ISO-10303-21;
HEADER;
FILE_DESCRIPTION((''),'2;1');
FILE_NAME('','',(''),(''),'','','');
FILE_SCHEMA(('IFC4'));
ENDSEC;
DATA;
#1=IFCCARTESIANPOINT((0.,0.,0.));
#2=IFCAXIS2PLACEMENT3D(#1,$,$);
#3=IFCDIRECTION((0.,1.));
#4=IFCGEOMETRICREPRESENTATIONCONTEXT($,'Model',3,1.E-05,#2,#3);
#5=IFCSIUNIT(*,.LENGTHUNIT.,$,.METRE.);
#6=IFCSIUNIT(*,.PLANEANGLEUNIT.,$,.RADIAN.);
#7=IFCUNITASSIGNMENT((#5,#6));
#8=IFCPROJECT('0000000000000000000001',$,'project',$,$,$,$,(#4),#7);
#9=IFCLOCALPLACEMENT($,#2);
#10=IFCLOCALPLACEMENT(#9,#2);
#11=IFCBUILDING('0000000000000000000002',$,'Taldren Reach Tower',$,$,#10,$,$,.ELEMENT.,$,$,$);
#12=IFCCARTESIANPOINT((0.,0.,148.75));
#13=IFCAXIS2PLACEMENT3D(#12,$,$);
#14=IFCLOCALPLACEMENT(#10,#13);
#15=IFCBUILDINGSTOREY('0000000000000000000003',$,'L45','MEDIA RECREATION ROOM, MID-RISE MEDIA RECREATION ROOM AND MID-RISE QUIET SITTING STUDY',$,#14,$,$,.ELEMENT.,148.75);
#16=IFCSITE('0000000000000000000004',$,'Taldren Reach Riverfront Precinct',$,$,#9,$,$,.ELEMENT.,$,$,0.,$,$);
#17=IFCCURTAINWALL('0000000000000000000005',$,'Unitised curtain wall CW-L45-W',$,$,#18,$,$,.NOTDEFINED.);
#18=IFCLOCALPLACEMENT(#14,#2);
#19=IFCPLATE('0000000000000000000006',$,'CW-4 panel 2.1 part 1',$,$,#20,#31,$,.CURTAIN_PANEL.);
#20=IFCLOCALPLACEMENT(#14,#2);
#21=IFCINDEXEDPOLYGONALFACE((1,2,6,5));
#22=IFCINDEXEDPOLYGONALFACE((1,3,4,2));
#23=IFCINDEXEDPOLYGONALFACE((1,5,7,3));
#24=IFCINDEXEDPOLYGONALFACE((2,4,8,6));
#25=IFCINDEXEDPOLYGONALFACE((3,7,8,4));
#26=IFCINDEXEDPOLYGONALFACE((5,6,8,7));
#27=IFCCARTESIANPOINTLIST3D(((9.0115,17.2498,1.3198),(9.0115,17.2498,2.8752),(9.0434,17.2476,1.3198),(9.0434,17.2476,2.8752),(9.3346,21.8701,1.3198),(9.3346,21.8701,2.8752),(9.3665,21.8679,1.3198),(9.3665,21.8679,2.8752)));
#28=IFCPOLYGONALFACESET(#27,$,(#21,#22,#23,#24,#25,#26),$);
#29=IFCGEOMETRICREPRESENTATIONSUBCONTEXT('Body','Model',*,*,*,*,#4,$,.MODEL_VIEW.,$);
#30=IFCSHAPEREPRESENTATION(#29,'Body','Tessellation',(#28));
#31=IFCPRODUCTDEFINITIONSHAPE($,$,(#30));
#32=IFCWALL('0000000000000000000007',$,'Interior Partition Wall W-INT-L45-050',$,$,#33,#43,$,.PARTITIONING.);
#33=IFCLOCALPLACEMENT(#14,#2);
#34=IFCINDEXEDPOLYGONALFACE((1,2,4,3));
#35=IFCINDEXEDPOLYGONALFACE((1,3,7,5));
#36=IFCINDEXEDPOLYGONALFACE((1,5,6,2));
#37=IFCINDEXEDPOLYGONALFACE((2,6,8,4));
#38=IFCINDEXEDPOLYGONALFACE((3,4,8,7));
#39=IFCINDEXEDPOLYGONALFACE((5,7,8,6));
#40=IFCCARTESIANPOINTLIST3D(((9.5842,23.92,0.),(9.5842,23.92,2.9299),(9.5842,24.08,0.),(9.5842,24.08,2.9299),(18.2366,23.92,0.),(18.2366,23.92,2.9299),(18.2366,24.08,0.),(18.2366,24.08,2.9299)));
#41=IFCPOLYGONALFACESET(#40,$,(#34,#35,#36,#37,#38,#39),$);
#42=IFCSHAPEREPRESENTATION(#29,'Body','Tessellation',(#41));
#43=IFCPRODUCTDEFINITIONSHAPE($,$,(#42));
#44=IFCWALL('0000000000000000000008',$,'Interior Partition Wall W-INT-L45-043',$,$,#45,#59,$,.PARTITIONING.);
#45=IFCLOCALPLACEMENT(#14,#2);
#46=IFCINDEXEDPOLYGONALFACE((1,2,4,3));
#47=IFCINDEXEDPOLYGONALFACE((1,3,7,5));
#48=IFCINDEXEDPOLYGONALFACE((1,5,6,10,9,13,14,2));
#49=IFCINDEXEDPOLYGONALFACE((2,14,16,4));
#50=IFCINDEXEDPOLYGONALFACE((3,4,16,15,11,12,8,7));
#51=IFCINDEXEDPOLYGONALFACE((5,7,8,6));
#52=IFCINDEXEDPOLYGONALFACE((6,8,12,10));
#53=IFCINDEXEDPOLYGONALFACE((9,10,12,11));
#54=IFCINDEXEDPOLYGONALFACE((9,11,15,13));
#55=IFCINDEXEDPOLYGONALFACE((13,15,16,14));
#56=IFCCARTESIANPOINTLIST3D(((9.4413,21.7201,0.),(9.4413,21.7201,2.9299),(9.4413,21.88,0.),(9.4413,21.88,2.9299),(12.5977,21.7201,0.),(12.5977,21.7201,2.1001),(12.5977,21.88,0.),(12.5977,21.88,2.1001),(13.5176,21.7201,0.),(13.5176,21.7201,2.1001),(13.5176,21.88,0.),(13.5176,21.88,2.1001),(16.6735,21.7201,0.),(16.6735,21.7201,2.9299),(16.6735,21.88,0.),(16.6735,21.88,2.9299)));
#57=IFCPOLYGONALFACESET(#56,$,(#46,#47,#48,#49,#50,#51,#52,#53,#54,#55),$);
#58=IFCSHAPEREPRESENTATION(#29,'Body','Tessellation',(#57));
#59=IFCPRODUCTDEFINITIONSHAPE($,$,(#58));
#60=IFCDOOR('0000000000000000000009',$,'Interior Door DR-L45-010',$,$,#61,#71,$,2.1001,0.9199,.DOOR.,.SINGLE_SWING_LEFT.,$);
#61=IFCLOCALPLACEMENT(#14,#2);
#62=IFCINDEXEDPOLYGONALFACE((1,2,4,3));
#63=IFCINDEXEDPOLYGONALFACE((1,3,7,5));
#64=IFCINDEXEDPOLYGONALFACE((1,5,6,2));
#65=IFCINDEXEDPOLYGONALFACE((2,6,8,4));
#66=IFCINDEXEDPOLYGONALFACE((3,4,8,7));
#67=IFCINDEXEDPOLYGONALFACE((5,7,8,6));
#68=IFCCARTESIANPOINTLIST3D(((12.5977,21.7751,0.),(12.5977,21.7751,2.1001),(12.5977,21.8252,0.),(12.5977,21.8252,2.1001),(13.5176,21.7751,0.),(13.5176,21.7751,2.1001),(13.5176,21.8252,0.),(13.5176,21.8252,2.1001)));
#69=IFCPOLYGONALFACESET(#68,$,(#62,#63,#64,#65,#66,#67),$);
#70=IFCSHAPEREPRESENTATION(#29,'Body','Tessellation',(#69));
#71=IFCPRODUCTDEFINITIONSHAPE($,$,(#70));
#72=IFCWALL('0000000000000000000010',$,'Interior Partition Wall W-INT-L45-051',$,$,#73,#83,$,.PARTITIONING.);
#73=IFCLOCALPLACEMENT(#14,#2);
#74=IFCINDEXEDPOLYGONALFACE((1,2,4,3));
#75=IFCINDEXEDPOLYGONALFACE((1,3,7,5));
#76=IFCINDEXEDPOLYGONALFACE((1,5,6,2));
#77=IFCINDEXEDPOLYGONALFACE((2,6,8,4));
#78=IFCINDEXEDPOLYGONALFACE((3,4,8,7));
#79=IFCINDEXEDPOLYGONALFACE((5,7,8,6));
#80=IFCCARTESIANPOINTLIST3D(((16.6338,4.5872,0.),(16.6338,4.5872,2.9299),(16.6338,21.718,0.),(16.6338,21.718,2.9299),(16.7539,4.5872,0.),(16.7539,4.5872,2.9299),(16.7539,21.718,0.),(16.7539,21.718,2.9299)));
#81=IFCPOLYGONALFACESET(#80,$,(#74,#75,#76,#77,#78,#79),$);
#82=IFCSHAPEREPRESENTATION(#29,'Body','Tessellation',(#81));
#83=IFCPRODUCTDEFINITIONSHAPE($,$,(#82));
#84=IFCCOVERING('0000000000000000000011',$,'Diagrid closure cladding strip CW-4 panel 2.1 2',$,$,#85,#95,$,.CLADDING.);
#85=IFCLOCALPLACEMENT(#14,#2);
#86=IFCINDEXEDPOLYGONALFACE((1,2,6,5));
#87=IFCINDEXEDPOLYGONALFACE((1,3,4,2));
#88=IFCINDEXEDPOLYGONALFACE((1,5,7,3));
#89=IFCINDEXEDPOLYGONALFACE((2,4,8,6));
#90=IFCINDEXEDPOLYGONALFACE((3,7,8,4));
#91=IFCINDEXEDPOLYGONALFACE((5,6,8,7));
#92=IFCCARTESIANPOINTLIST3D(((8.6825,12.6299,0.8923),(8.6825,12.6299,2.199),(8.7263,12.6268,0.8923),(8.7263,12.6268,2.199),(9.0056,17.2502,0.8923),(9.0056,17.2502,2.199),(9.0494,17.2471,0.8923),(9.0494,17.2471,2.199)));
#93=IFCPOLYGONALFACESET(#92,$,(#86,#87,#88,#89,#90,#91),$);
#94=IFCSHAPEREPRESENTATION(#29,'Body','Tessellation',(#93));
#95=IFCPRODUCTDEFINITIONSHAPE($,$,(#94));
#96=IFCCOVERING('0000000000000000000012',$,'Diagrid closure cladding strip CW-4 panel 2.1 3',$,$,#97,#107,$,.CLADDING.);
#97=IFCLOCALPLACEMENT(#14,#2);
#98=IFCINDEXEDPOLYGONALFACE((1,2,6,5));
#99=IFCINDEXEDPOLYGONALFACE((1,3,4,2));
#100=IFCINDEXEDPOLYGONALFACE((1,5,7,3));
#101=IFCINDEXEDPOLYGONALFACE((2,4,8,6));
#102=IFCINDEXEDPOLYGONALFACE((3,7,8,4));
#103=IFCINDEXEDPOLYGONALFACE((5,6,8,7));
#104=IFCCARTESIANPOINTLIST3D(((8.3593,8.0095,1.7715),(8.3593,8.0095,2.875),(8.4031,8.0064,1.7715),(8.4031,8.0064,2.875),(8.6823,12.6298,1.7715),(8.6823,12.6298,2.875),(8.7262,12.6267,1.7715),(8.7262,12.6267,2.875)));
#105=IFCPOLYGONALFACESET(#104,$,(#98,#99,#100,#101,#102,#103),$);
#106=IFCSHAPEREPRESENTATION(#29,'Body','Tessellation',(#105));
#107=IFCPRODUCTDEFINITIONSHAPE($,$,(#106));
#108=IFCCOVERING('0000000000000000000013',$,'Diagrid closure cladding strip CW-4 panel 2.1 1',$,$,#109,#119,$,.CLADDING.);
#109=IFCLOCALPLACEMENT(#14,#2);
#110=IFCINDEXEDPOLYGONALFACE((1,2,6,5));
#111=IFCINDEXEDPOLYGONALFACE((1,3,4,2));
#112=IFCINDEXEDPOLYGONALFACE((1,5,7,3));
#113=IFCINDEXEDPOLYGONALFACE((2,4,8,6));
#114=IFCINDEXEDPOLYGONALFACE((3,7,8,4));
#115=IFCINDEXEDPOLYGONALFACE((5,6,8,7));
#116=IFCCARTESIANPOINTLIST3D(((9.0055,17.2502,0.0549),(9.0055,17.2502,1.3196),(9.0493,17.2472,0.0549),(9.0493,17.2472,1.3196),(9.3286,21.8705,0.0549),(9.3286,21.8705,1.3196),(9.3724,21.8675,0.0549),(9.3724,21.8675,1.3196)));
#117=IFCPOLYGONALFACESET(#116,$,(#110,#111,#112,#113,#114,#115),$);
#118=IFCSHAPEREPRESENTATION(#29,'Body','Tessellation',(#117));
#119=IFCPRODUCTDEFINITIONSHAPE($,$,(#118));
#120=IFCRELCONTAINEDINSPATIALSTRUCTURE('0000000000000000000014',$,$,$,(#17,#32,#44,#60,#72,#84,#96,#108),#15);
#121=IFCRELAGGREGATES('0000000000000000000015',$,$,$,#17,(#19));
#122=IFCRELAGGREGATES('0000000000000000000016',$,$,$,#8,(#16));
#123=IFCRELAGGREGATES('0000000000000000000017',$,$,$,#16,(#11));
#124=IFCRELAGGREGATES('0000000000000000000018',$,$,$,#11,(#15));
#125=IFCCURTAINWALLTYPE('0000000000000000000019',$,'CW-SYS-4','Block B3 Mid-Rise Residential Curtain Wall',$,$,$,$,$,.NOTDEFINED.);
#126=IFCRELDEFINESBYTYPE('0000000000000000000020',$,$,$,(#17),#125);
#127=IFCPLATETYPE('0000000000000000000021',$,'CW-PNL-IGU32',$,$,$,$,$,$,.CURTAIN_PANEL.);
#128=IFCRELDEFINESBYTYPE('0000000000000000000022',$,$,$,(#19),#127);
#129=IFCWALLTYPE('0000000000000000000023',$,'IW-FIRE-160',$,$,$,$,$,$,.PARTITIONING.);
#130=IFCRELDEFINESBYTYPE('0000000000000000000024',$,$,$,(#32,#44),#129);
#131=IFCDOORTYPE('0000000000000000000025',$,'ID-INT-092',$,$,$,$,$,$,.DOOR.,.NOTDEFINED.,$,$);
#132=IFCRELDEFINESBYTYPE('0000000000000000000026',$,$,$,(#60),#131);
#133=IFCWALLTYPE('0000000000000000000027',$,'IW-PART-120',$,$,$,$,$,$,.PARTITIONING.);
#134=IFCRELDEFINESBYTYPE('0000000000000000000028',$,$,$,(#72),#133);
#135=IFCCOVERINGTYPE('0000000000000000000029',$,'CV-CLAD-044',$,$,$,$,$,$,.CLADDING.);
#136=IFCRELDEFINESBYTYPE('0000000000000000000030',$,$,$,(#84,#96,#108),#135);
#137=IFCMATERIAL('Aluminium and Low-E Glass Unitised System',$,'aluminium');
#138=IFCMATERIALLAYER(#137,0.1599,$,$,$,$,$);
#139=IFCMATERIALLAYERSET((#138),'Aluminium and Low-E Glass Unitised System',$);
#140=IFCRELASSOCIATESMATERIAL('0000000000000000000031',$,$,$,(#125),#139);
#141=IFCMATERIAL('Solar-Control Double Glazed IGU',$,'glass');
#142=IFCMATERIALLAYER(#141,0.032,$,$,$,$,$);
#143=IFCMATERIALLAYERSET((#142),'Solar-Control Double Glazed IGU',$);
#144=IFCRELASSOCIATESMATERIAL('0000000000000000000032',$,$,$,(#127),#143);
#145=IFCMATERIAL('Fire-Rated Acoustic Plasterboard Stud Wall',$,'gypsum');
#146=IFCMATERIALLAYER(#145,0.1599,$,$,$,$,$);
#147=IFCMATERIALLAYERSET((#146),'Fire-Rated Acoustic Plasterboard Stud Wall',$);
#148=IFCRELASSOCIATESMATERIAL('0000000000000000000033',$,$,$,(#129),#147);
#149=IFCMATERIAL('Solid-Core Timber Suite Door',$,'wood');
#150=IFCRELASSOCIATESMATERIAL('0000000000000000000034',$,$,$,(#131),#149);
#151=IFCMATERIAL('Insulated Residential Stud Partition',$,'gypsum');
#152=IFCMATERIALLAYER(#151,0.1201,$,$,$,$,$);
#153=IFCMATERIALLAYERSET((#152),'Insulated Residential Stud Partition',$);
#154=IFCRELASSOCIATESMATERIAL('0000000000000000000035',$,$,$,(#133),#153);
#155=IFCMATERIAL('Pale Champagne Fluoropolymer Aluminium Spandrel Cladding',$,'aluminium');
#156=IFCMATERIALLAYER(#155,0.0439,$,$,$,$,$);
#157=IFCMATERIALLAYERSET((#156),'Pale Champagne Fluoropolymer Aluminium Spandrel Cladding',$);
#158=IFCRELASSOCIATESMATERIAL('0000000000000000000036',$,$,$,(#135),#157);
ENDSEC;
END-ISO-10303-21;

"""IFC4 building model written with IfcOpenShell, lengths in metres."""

from ifc_helpers import new_model, si_unit, direction, frame, frame_2d, origin, origin_2d, place, context, subcontext, project, spatial, rectangle, extrude, source, transform, mapped, material, layer, layer_set, type_object, element, fill, aggregate, save


model = new_model("IFC4")

# Units and contexts
model_context = context("Model", 3, precision=1e-05, world=origin(), true_north=direction((0.0, 1.0)))
body_context = subcontext(model_context, "Body", "Model", "MODEL_VIEW")
ifc_project = project(units=[si_unit("LENGTHUNIT", "METRE"), si_unit("PLANEANGLEUNIT", "RADIAN")], contexts=[model_context])

# Site, building, storey
site_placement = place(None, origin())
site = spatial("IfcSite", under=ifc_project, at=site_placement, Name="Taldren Reach Riverfront Precinct", CompositionType="ELEMENT", RefElevation=0.0)
building_placement = place(site_placement, origin())
building = spatial("IfcBuilding", under=site, at=building_placement, Name="Taldren Reach Tower", CompositionType="ELEMENT")
storey_placement = place(building_placement, frame((0.0, 0.0, 148.75)))
storey = spatial("IfcBuildingStorey", under=building, at=storey_placement, Name="L45", Description="MEDIA RECREATION ROOM, MID-RISE MEDIA RECREATION ROOM AND MID-RISE QUIET SITTING STUDY", CompositionType="ELEMENT", Elevation=148.75)

# Curtain wall
ifc_material_1 = material(Name="Aluminium and Low-E Glass Unitised System", Category="aluminium")
ifc_layer_1 = layer(ifc_material_1, 0.1599)
ifc_layer_set_1 = layer_set([ifc_layer_1], Name="Aluminium and Low-E Glass Unitised System")
curtain_wall_type = type_object("IfcCurtainWallType", Name="CW-SYS-4", Description="Block B3 Mid-Rise Residential Curtain Wall", PredefinedType="NOTDEFINED", material=ifc_layer_set_1)
curtain_wall_placement = place(storey_placement, origin())
curtain_wall = element("IfcCurtainWall", 1, at=curtain_wall_placement, inside=storey, type_object=curtain_wall_type, Name="Unitised curtain wall CW-L45-W", PredefinedType="NOTDEFINED")

# Plate
ifc_material_2 = material(Name="Solar-Control Double Glazed IGU", Category="glass")
ifc_layer_2 = layer(ifc_material_2, 0.032)
ifc_layer_set_2 = layer_set([ifc_layer_2], Name="Solar-Control Double Glazed IGU")
plate_type_1 = type_object("IfcPlateType", Name="CW-PNL-IGU32", PredefinedType="CURTAIN_PANEL", material=ifc_layer_set_2)
shared_shape_1 = source(origin(), body_context, "Body", "SweptSolid", [
    extrude(rectangle(XDim=4.6316, YDim=0.032, at=origin_2d()), origin(), (0.0, 0.0, 1.0), 1.5554),
])
plate_1_placement = place(storey_placement, frame((9.189, 19.5588, 1.3198), z_axis=(0.0, 0.0, 1.0), x_axis=(-0.069756, -0.997564, 0.0)))
plate_1 = element("IfcPlate", 2, at=plate_1_placement, type_object=plate_type_1, Name="CW-4 panel 2.1 part 1", PredefinedType="CURTAIN_PANEL", context=body_context, shape_type="MappedRepresentation", body=[
    mapped(shared_shape_1, transform((0.0, 0.0, 0.0), scale=1.0)),
])
aggregate(curtain_wall, [plate_1])

# Wall
ifc_material_3 = material(Name="Fire-Rated Acoustic Plasterboard Stud Wall", Category="gypsum")
ifc_layer_3 = layer(ifc_material_3, 0.1599)
ifc_layer_set_3 = layer_set([ifc_layer_3], Name="Fire-Rated Acoustic Plasterboard Stud Wall")
wall_type_1 = type_object("IfcWallType", Name="IW-FIRE-160", PredefinedType="PARTITIONING", material=ifc_layer_set_3)
shared_shape_2 = source(origin(), body_context, "Body", "SweptSolid", [
    extrude(rectangle(XDim=8.6523, YDim=0.1599, at=frame_2d((4.3262, 0.0))), origin(), (0.0, 0.0, 1.0), 2.9299),
])
wall_1_placement = place(storey_placement, frame((9.5842, 24.0, 0.0), z_axis=(0.0, 0.0, 1.0), x_axis=(1.0, 0.0, 0.0)))
element("IfcWall", 3, at=wall_1_placement, inside=storey, type_object=wall_type_1, Name="Interior Partition Wall W-INT-L45-050", PredefinedType="PARTITIONING", context=body_context, shape_type="MappedRepresentation", body=[
    mapped(shared_shape_2, transform((0.0, 0.0, 0.0), scale=1.0)),
])

# Wall, opening, door
shared_shape_3 = source(origin(), body_context, "Body", "SweptSolid", [
    extrude(rectangle(XDim=7.2322, YDim=0.1599, at=frame_2d((3.6162, 0.0))), origin(), (0.0, 0.0, 1.0), 2.9299),
])
wall_2_placement = place(storey_placement, frame((16.6736, 21.8, 0.0), z_axis=(0.0, 0.0, 1.0), x_axis=(-1.0, 0.0, 0.0)))
wall_2 = element("IfcWall", 4, at=wall_2_placement, inside=storey, type_object=wall_type_1, Name="Interior Partition Wall W-INT-L45-043", PredefinedType="PARTITIONING", context=body_context, shape_type="MappedRepresentation", body=[
    mapped(shared_shape_3, transform((0.0, 0.0, 0.0), scale=1.0)),
])
shared_shape_4 = source(origin(), body_context, "Body", "SweptSolid", [
    extrude(rectangle(XDim=0.9199, YDim=2.1001, at=frame_2d((0.46, 1.05))), frame((0.0, 0.0898, 0.0), z_axis=(0.0, -1.0, 0.0), x_axis=(1.0, 0.0, 0.0)), (0.0, 0.0, 1.0), 0.1799),
])
opening_placement = place(wall_2_placement, frame((3.156, 0.0, 0.0)))
opening = element("IfcOpeningElement", 5, at=opening_placement, cuts=wall_2, PredefinedType="OPENING", context=body_context, shape_type="MappedRepresentation", body=[
    mapped(shared_shape_4, transform((0.0, 0.0, 0.0), scale=1.0)),
])
ifc_material_4 = material(Name="Solid-Core Timber Suite Door", Category="wood")
door_type = type_object("IfcDoorType", Name="ID-INT-092", OperationType="NOTDEFINED", PredefinedType="DOOR", material=ifc_material_4)
shared_shape_5 = source(origin(), body_context, "Body", "SweptSolid", [
    extrude(rectangle(XDim=0.9199, YDim=2.1001, at=frame_2d((0.46, 1.05))), frame((0.0, 0.0249, 0.0), z_axis=(0.0, -1.0, 0.0), x_axis=(1.0, 0.0, 0.0)), (0.0, 0.0, 1.0), 0.05),
])
door_placement = place(opening_placement, origin())
door = element("IfcDoor", 6, at=door_placement, inside=storey, type_object=door_type, Name="Interior Door DR-L45-010", OperationType="SINGLE_SWING_LEFT", OverallHeight=2.1001, OverallWidth=0.9199, PredefinedType="DOOR", context=body_context, shape_type="MappedRepresentation", body=[
    mapped(shared_shape_5, transform((0.0, 0.0, 0.0), scale=1.0)),
])
fill(opening, door)

# Wall
ifc_material_5 = material(Name="Insulated Residential Stud Partition", Category="gypsum")
ifc_layer_4 = layer(ifc_material_5, 0.1201)
ifc_layer_set_4 = layer_set([ifc_layer_4], Name="Insulated Residential Stud Partition")
wall_type_2 = type_object("IfcWallType", Name="IW-PART-120", PredefinedType="PARTITIONING", material=ifc_layer_set_4)
shared_shape_6 = source(origin(), body_context, "Body", "SweptSolid", [
    extrude(rectangle(XDim=17.1309, YDim=0.1201, at=frame_2d((8.5654, 0.0))), origin(), (0.0, 0.0, 1.0), 2.9299),
])
wall_3_placement = place(storey_placement, frame((16.6938, 21.718, 0.0), z_axis=(0.0, 0.0, 1.0), x_axis=(0.0, -1.0, 0.0)))
element("IfcWall", 7, at=wall_3_placement, inside=storey, type_object=wall_type_2, Name="Interior Partition Wall W-INT-L45-051", PredefinedType="PARTITIONING", context=body_context, shape_type="MappedRepresentation", body=[
    mapped(shared_shape_6, transform((0.0, 0.0, 0.0), scale=1.0)),
])

# Coverings
ifc_material_6 = material(Name="Pale Champagne Fluoropolymer Aluminium Spandrel Cladding", Category="aluminium")
ifc_layer_5 = layer(ifc_material_6, 0.0439)
ifc_layer_set_5 = layer_set([ifc_layer_5], Name="Pale Champagne Fluoropolymer Aluminium Spandrel Cladding")
covering_type = type_object("IfcCoveringType", Name="CV-CLAD-044", PredefinedType="CLADDING", material=ifc_layer_set_5)
shared_shape_7 = source(origin(), body_context, "Body", "SweptSolid", [
    extrude(rectangle(XDim=4.6316, YDim=0.0439, at=origin_2d()), origin(), (0.0, 0.0, 1.0), 1.3066),
])
covering_1_placement = place(storey_placement, frame((8.866, 14.9385, 0.8923), z_axis=(0.0, 0.0, 1.0), x_axis=(-0.069756, -0.997564, 0.0)))
element("IfcCovering", 8, at=covering_1_placement, inside=storey, type_object=covering_type, Name="Diagrid closure cladding strip CW-4 panel 2.1 2", PredefinedType="CLADDING", context=body_context, shape_type="MappedRepresentation", body=[
    mapped(shared_shape_7, transform((0.0, 0.0, 0.0), scale=1.0)),
])
shared_shape_8 = source(origin(), body_context, "Body", "SweptSolid", [
    extrude(rectangle(XDim=4.6316, YDim=0.0439, at=origin_2d()), origin(), (0.0, 0.0, 1.0), 1.1035),
])
covering_2_placement = place(storey_placement, frame((8.5427, 10.3181, 1.7715), z_axis=(0.0, 0.0, 1.0), x_axis=(-0.069756, -0.997564, 0.0)))
element("IfcCovering", 9, at=covering_2_placement, inside=storey, type_object=covering_type, Name="Diagrid closure cladding strip CW-4 panel 2.1 3", PredefinedType="CLADDING", context=body_context, shape_type="MappedRepresentation", body=[
    mapped(shared_shape_8, transform((0.0, 0.0, 0.0), scale=1.0)),
])
shared_shape_9 = source(origin(), body_context, "Body", "SweptSolid", [
    extrude(rectangle(XDim=4.6316, YDim=0.0439, at=origin_2d()), origin(), (0.0, 0.0, 1.0), 1.2646),
])
covering_3_placement = place(storey_placement, frame((9.189, 19.5588, 0.0549), z_axis=(0.0, 0.0, 1.0), x_axis=(-0.069756, -0.997564, 0.0)))
element("IfcCovering", 10, at=covering_3_placement, inside=storey, type_object=covering_type, Name="Diagrid closure cladding strip CW-4 panel 2.1 1", PredefinedType="CLADDING", context=body_context, shape_type="MappedRepresentation", body=[
    mapped(shared_shape_9, transform((0.0, 0.0, 0.0), scale=1.0)),
])

save(model, "model.ifc")
